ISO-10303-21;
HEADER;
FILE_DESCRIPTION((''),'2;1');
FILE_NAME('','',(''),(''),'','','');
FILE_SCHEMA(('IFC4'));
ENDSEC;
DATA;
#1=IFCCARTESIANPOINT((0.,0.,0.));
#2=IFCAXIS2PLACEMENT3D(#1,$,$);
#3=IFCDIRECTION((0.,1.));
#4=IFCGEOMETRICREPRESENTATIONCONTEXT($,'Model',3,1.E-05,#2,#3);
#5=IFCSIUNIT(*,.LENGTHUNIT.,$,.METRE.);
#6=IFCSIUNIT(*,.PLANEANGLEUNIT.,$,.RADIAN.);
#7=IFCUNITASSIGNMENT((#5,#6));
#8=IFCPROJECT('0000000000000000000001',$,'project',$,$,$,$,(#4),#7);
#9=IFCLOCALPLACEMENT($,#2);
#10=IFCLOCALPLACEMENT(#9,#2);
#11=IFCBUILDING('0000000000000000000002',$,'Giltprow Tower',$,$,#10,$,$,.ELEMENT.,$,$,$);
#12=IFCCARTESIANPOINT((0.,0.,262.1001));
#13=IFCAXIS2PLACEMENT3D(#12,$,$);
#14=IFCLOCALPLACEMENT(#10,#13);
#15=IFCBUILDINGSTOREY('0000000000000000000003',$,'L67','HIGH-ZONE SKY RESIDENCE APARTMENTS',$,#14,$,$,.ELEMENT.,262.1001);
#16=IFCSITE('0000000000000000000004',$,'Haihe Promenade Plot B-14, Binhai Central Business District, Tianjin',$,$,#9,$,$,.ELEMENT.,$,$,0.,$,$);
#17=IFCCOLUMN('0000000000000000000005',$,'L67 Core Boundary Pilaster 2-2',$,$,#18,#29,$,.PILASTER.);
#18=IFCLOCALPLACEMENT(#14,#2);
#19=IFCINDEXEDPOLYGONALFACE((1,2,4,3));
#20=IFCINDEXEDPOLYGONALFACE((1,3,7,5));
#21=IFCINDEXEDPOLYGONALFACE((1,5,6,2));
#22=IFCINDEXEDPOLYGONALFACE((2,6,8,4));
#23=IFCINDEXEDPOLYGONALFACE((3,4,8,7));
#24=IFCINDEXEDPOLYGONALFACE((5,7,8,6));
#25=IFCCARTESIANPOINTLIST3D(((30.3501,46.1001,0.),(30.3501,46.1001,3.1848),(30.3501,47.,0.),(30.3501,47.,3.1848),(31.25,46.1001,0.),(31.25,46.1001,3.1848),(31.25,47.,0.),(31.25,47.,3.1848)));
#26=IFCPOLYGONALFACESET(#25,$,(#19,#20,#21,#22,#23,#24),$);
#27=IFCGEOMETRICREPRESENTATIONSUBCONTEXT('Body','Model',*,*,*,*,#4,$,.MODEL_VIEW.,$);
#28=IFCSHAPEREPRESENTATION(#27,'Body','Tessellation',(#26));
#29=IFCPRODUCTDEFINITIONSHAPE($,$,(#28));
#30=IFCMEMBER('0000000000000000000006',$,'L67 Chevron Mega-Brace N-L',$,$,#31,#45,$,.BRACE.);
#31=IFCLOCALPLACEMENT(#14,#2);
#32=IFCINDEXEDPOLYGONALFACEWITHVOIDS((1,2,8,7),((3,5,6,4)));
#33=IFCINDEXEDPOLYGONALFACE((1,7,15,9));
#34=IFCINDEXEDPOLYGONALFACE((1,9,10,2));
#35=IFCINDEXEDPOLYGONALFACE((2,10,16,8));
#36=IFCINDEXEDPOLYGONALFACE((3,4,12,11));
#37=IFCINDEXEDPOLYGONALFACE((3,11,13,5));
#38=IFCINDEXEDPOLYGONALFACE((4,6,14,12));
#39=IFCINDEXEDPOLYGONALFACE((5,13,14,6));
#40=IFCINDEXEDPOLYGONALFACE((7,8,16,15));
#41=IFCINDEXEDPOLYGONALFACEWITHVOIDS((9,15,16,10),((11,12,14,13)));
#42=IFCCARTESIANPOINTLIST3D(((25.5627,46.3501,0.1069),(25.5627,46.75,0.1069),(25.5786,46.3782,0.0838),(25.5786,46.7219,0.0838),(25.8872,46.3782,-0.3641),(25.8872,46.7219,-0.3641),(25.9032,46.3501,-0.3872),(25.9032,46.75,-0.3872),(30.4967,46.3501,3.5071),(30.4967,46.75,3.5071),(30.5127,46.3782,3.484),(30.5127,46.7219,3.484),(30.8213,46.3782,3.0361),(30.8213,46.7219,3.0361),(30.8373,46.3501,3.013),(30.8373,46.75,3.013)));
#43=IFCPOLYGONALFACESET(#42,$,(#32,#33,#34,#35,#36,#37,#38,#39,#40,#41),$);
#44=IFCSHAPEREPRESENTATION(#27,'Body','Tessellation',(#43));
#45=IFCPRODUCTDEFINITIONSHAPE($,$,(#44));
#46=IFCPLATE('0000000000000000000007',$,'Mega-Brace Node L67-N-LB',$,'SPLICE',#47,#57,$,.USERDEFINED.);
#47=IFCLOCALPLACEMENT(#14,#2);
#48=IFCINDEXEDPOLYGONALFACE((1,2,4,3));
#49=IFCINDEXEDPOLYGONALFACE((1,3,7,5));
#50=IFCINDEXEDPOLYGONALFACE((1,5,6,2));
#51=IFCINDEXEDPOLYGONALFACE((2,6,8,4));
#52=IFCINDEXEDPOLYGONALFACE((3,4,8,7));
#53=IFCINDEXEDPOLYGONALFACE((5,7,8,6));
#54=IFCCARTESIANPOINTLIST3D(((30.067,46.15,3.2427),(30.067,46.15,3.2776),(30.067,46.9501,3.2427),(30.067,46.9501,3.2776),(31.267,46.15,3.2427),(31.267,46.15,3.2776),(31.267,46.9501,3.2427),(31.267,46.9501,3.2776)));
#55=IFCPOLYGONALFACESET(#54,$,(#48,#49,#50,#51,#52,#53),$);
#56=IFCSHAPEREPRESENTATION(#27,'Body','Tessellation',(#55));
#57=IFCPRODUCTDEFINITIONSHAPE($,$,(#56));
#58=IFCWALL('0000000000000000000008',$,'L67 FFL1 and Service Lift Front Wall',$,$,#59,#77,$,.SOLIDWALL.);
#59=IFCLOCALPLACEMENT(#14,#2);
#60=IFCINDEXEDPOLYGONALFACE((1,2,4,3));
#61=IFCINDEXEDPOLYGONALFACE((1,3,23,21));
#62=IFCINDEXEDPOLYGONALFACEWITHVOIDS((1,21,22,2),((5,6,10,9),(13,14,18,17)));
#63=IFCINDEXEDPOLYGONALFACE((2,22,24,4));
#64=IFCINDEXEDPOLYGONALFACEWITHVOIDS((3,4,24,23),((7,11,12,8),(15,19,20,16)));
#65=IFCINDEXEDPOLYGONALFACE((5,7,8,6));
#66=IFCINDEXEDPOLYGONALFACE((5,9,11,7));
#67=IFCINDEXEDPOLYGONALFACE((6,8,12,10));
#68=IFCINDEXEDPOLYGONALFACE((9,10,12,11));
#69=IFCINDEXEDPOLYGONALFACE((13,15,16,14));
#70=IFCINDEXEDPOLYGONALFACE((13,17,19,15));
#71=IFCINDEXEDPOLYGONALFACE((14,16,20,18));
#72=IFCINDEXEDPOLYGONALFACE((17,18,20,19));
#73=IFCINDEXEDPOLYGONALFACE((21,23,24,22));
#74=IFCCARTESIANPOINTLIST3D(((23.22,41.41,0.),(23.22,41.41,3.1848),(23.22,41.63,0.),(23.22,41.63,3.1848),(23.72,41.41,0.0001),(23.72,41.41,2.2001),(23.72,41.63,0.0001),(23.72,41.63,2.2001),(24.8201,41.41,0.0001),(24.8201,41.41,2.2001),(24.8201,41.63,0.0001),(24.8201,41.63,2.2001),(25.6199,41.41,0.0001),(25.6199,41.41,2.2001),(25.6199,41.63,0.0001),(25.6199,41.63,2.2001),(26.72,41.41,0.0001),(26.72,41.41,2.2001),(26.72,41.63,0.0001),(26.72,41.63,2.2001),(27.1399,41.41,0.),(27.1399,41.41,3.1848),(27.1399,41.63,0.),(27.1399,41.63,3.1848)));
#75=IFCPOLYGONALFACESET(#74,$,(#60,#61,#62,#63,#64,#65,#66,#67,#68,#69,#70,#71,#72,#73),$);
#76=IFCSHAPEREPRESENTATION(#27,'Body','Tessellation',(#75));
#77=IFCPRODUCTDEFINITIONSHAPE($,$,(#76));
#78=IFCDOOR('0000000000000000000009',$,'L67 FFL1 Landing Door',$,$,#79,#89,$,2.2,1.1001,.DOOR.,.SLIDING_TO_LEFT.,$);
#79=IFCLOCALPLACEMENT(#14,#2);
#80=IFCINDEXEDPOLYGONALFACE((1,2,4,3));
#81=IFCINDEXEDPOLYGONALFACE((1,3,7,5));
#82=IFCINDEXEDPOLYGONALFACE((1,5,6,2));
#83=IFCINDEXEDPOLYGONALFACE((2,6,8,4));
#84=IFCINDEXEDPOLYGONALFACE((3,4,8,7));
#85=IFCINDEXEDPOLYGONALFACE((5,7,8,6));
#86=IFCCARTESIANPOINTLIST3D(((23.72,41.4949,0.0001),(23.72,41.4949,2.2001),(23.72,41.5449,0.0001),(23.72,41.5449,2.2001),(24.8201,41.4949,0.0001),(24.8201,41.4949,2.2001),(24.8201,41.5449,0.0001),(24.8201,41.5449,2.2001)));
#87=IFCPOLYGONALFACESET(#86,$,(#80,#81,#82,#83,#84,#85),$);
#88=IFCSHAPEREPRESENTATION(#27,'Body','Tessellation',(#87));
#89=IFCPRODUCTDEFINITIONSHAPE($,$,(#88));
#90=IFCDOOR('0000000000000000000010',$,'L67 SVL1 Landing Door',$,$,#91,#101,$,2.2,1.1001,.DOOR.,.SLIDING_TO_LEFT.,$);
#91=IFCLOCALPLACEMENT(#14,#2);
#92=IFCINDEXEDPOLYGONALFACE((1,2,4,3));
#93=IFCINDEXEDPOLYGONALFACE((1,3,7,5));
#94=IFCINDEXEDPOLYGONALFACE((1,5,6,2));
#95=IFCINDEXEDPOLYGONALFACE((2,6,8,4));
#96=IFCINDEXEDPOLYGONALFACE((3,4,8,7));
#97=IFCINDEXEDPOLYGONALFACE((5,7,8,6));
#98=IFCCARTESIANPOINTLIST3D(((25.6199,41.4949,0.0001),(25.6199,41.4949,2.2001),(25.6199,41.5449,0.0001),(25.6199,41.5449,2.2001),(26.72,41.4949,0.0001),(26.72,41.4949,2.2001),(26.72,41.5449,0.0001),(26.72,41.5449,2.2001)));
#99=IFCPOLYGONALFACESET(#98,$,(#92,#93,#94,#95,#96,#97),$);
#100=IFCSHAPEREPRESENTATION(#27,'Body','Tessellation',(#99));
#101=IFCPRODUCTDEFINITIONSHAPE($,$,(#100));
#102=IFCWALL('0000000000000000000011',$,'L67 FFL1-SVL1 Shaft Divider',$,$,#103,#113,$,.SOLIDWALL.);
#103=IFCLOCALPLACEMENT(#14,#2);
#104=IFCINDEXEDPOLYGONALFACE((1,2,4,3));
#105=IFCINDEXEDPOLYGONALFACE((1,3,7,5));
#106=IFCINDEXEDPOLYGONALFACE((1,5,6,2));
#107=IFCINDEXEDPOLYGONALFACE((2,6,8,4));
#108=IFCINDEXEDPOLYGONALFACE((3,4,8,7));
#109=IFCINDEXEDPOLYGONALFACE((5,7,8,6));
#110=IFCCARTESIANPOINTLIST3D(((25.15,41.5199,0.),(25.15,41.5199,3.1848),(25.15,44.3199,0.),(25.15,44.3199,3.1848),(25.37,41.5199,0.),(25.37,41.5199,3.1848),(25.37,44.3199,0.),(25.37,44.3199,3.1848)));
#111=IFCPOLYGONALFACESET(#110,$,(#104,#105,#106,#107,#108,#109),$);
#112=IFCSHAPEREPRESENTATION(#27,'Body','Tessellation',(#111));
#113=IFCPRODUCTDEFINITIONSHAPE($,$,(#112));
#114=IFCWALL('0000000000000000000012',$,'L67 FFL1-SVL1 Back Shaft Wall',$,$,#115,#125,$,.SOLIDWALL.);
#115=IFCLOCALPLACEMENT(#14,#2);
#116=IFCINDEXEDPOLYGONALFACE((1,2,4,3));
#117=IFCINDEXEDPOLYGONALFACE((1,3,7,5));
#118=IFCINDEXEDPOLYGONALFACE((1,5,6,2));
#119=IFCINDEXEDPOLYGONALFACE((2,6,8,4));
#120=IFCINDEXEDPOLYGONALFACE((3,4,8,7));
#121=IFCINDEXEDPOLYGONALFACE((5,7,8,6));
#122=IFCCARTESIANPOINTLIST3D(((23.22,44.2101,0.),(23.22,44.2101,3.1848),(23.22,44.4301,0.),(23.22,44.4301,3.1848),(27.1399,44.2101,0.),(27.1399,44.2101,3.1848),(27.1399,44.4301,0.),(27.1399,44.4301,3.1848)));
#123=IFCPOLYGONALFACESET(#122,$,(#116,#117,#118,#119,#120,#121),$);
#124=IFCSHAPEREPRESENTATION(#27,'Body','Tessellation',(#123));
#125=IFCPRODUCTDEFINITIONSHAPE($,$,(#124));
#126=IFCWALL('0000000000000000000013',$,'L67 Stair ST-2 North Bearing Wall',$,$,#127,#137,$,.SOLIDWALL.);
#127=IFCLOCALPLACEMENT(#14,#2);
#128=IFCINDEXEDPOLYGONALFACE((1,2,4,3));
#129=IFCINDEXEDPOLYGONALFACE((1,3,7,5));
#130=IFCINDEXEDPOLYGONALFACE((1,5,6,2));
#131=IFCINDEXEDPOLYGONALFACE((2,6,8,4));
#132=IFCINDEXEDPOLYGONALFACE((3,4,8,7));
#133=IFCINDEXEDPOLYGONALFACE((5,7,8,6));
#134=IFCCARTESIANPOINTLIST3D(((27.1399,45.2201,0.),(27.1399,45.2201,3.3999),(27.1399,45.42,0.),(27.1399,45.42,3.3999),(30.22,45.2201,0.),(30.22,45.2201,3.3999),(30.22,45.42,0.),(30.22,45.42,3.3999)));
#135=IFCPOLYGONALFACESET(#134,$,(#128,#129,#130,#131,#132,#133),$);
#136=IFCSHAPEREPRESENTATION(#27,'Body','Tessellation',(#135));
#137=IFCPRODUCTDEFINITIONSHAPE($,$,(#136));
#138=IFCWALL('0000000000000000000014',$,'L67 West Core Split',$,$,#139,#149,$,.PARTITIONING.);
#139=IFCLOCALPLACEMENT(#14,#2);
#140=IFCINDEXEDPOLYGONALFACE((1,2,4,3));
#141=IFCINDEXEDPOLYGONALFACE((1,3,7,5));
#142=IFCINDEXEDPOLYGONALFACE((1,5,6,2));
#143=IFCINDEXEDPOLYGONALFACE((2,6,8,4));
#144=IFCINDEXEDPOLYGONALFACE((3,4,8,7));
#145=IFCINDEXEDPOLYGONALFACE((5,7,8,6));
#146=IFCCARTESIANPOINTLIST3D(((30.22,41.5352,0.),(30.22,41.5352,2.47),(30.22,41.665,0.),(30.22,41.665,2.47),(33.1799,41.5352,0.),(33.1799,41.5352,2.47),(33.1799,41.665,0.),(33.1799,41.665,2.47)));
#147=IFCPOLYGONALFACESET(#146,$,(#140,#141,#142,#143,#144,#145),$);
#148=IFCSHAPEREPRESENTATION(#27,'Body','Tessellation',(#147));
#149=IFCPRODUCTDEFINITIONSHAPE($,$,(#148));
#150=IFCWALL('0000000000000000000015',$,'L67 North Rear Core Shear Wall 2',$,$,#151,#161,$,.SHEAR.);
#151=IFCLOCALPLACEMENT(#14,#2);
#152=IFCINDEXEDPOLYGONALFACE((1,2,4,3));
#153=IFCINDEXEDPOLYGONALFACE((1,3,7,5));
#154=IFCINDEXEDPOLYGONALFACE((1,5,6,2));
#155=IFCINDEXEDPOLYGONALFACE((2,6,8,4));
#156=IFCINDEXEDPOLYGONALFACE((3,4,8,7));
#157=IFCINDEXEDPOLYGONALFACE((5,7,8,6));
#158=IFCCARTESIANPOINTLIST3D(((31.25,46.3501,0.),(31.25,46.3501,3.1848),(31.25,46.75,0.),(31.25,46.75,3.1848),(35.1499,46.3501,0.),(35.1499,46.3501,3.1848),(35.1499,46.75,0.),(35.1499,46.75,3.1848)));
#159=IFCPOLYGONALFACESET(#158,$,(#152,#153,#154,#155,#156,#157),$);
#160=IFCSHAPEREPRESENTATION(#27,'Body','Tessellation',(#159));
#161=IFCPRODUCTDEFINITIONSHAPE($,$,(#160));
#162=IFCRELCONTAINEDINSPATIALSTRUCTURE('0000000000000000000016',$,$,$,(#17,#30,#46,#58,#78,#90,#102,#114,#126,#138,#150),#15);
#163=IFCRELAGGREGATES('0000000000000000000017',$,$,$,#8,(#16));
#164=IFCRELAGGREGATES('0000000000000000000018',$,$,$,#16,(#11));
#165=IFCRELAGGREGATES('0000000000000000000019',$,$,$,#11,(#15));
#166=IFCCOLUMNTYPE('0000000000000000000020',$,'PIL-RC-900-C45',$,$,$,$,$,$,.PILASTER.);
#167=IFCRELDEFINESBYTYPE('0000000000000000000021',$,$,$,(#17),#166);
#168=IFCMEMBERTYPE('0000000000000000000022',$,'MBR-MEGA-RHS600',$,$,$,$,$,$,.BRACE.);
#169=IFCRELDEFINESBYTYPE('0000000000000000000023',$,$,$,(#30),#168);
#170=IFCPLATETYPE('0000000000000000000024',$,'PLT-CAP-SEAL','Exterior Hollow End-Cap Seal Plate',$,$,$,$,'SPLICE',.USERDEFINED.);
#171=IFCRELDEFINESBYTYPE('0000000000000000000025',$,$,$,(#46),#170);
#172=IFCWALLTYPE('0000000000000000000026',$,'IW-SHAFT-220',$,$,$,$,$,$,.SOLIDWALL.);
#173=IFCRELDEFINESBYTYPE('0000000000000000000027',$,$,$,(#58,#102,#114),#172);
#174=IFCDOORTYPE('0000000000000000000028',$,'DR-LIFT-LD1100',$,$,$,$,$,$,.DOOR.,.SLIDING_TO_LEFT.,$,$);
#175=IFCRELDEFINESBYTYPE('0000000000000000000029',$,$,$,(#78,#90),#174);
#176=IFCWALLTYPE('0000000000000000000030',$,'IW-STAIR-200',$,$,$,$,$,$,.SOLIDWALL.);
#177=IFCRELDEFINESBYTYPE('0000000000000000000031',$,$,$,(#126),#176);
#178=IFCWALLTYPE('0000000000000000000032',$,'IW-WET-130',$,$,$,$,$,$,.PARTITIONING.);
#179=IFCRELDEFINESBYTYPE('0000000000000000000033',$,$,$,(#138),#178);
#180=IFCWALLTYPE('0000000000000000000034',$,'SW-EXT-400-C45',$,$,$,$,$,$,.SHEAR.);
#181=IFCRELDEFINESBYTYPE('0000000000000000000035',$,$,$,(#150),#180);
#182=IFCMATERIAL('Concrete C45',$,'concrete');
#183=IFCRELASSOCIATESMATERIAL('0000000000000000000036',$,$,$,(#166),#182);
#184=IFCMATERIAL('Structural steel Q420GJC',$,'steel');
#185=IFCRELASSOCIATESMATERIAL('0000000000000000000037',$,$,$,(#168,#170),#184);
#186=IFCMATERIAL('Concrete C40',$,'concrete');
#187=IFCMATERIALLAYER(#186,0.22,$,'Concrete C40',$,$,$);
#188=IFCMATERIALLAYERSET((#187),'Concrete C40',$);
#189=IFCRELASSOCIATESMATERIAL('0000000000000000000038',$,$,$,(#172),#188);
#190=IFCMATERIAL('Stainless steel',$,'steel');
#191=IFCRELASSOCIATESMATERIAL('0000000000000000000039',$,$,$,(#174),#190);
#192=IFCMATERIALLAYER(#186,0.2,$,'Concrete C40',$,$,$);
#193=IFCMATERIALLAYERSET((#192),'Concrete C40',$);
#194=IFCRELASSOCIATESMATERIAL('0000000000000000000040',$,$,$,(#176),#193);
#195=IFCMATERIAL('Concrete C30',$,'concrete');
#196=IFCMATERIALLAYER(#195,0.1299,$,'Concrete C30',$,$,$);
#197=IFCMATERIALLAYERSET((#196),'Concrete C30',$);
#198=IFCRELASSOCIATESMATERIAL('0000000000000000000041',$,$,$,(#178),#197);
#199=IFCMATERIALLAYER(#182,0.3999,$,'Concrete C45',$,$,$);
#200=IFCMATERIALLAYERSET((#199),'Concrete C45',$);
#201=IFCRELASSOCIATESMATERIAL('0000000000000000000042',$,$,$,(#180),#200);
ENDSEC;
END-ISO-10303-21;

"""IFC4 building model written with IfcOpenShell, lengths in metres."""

from ifc_helpers import new_model, si_unit, direction, frame, frame_2d, origin, origin_2d, place, context, subcontext, project, spatial, rectangle, hollow_rectangle, extrude, source, transform, mapped, material, layer, layer_set, material_profile, profile_set, type_object, element, fill, save


model = new_model("IFC4")

# Units and contexts
model_context = context("Model", 3, precision=1e-05, world=origin(), true_north=direction((0.0, 1.0)))
body_context = subcontext(model_context, "Body", "Model", "MODEL_VIEW")
ifc_project = project(units=[si_unit("LENGTHUNIT", "METRE"), si_unit("PLANEANGLEUNIT", "RADIAN")], contexts=[model_context])

# Site, building, storey
site_placement = place(None, origin())
site = spatial("IfcSite", under=ifc_project, at=site_placement, Name="Haihe Promenade Plot B-14, Binhai Central Business District, Tianjin", CompositionType="ELEMENT", RefElevation=0.0)
building_placement = place(site_placement, origin())
building = spatial("IfcBuilding", under=site, at=building_placement, Name="Giltprow Tower", CompositionType="ELEMENT")
storey_placement = place(building_placement, frame((0.0, 0.0, 262.1001)))
storey = spatial("IfcBuildingStorey", under=building, at=storey_placement, Name="L67", Description="HIGH-ZONE SKY RESIDENCE APARTMENTS", CompositionType="ELEMENT", Elevation=262.1001)

# Column
ifc_material_1 = material(Name="Concrete C45", Category="concrete")
ifc_material_profile_1 = material_profile(ifc_material_1, rectangle(XDim=0.8999, YDim=0.8999, at=origin_2d()), Name="RC 900x900")
ifc_profile_set_1 = profile_set([ifc_material_profile_1], Name="Concrete C45")
column_type = type_object("IfcColumnType", Name="PIL-RC-900-C45", PredefinedType="PILASTER", material=ifc_profile_set_1)
shared_shape_1 = source(origin(), body_context, "Body", "SweptSolid", [
    extrude(rectangle(XDim=0.8999, YDim=0.8999, at=origin_2d()), origin(), (0.0, 0.0, 1.0), 3.1848),
])
column_placement = place(storey_placement, frame((30.8, 46.55, 0.0), z_axis=(0.0, 0.0, 1.0), x_axis=(1.0, 0.0, 0.0)))
element("IfcColumn", 1, at=column_placement, inside=storey, type_object=column_type, Name="L67 Core Boundary Pilaster 2-2", PredefinedType="PILASTER", context=body_context, shape_type="MappedRepresentation", body=[
    mapped(shared_shape_1, transform((0.0, 0.0, 0.0), x_axis=(1.0, 0.0, 0.0), y_axis=(0.0, 1.0, 0.0), z_axis=(0.0, 0.0, 1.0), scale=1.0)),
])

# Member
ifc_material_2 = material(Name="Structural steel Q420GJC", Category="steel")
ifc_material_profile_2 = material_profile(ifc_material_2, hollow_rectangle(XDim=0.3999, YDim=0.6001, WallThickness=0.0281, at=origin_2d()), Name="RHS 600x400x28")
ifc_profile_set_2 = profile_set([ifc_material_profile_2], Name="Structural steel Q420GJC")
member_type = type_object("IfcMemberType", Name="MBR-MEGA-RHS600", PredefinedType="BRACE", material=ifc_profile_set_2)
shared_shape_2 = source(origin(), body_context, "Body", "SweptSolid", [
    extrude(hollow_rectangle(XDim=0.3999, YDim=0.6001, WallThickness=0.0281, at=origin_2d()), origin(), (0.0, 0.0, 1.0), 5.9922),
])
member_placement = place(storey_placement, frame((25.7329, 46.55, -0.1401), z_axis=(0.823421, 0.0, 0.567431), x_axis=(0.0, 1.0, 0.0)))
element("IfcMember", 2, at=member_placement, inside=storey, type_object=member_type, Name="L67 Chevron Mega-Brace N-L", PredefinedType="BRACE", context=body_context, shape_type="MappedRepresentation", body=[
    mapped(shared_shape_2, transform((0.0, 0.0, 0.0), x_axis=(1.0, 0.0, 0.0), y_axis=(0.0, 1.0, 0.0), z_axis=(0.0, 0.0, 1.0), scale=1.0)),
])

# Plate
plate_type = type_object("IfcPlateType", Name="PLT-CAP-SEAL", Description="Exterior Hollow End-Cap Seal Plate", ElementType="SPLICE", PredefinedType="USERDEFINED", material=ifc_material_2)
shared_shape_3 = source(origin(), body_context, "Body", "SweptSolid", [
    extrude(rectangle(XDim=1.2, YDim=0.8, at=origin_2d()), origin(), (0.0, 0.0, 1.0), 0.0349),
])
plate_placement = place(storey_placement, frame((30.667, 46.55, 3.2427), z_axis=(0.0, 0.0, 1.0), x_axis=(1.0, 0.0, 0.0)))
element("IfcPlate", 3, at=plate_placement, inside=storey, type_object=plate_type, Name="Mega-Brace Node L67-N-LB", ObjectType="SPLICE", PredefinedType="USERDEFINED", context=body_context, shape_type="MappedRepresentation", body=[
    mapped(shared_shape_3, transform((0.0, 0.0, 0.0), x_axis=(1.0, 0.0, 0.0), y_axis=(0.0, 1.0, 0.0), z_axis=(0.0, 0.0, 1.0), scale=1.0)),
])

# Wall, openings, doors
ifc_material_3 = material(Name="Concrete C40", Category="concrete")
ifc_layer_1 = layer(ifc_material_3, 0.22, Name="Concrete C40")
ifc_layer_set_1 = layer_set([ifc_layer_1], Name="Concrete C40")
wall_type_1 = type_object("IfcWallType", Name="IW-SHAFT-220", PredefinedType="SOLIDWALL", material=ifc_layer_set_1)
wall_1_placement = place(storey_placement, frame((23.22, 41.52, 0.0), z_axis=(0.0, 0.0, 1.0), x_axis=(1.0, 0.0, 0.0)))
wall_1 = element("IfcWall", 4, at=wall_1_placement, inside=storey, type_object=wall_type_1, Name="L67 FFL1 and Service Lift Front Wall", PredefinedType="SOLIDWALL", context=body_context, shape_type="SweptSolid", body=[
    extrude(rectangle(XDim=3.9199, YDim=0.22, at=frame_2d((1.96, 0.0))), origin(), (0.0, 0.0, 1.0), 3.1848),
])
opening_1_placement = place(wall_1_placement, frame((0.5, 0.0, 0.0)))
opening_1 = element("IfcOpeningElement", 5, at=opening_1_placement, cuts=wall_1, PredefinedType="OPENING", context=body_context, shape_type="SweptSolid", body=[
    extrude(rectangle(XDim=1.1001, YDim=2.2, at=frame_2d((0.55, 1.1001))), frame((0.0, 0.1199, 0.0), z_axis=(0.0, -1.0, 0.0), x_axis=(1.0, 0.0, 0.0)), (0.0, 0.0, 1.0), 0.24),
])
opening_2_placement = place(wall_1_placement, frame((2.3999, 0.0, 0.0)))
opening_2 = element("IfcOpeningElement", 6, at=opening_2_placement, cuts=wall_1, PredefinedType="OPENING", context=body_context, shape_type="SweptSolid", body=[
    extrude(rectangle(XDim=1.1001, YDim=2.2, at=frame_2d((0.55, 1.1001))), frame((0.0, 0.1199, 0.0), z_axis=(0.0, -1.0, 0.0), x_axis=(1.0, 0.0, 0.0)), (0.0, 0.0, 1.0), 0.24),
])
ifc_material_4 = material(Name="Stainless steel", Category="steel")
door_type = type_object("IfcDoorType", Name="DR-LIFT-LD1100", OperationType="SLIDING_TO_LEFT", PredefinedType="DOOR", material=ifc_material_4)
shared_shape_4 = source(origin(), body_context, "Body", "SweptSolid", [
    extrude(rectangle(XDim=1.1001, YDim=2.2, at=frame_2d((0.55, 1.1001))), frame((0.0, 0.0249, 0.0), z_axis=(0.0, -1.0, 0.0), x_axis=(1.0, 0.0, 0.0)), (0.0, 0.0, 1.0), 0.05),
])
door_1_placement = place(opening_1_placement, origin())
door_1 = element("IfcDoor", 7, at=door_1_placement, inside=storey, type_object=door_type, Name="L67 FFL1 Landing Door", OperationType="SLIDING_TO_LEFT", OverallHeight=2.2, OverallWidth=1.1001, PredefinedType="DOOR", context=body_context, shape_type="MappedRepresentation", body=[
    mapped(shared_shape_4, transform((0.0, 0.0, 0.0), x_axis=(1.0, 0.0, 0.0), y_axis=(0.0, 1.0, 0.0), z_axis=(0.0, 0.0, 1.0), scale=1.0)),
])
fill(opening_1, door_1)
door_2_placement = place(opening_2_placement, origin())
door_2 = element("IfcDoor", 8, at=door_2_placement, inside=storey, type_object=door_type, Name="L67 SVL1 Landing Door", OperationType="SLIDING_TO_LEFT", OverallHeight=2.2, OverallWidth=1.1001, PredefinedType="DOOR", context=body_context, shape_type="MappedRepresentation", body=[
    mapped(shared_shape_4, transform((0.0, 0.0, 0.0), x_axis=(1.0, 0.0, 0.0), y_axis=(0.0, 1.0, 0.0), z_axis=(0.0, 0.0, 1.0), scale=1.0)),
])
fill(opening_2, door_2)

# Walls
wall_2_placement = place(storey_placement, frame((25.26, 41.52, 0.0), z_axis=(0.0, 0.0, 1.0), x_axis=(0.0, 1.0, 0.0)))
element("IfcWall", 9, at=wall_2_placement, inside=storey, type_object=wall_type_1, Name="L67 FFL1-SVL1 Shaft Divider", PredefinedType="SOLIDWALL", context=body_context, shape_type="SweptSolid", body=[
    extrude(rectangle(XDim=2.8, YDim=0.22, at=frame_2d((1.3999, 0.0))), origin(), (0.0, 0.0, 1.0), 3.1848),
])
wall_3_placement = place(storey_placement, frame((23.22, 44.3201, 0.0), z_axis=(0.0, 0.0, 1.0), x_axis=(1.0, 0.0, 0.0)))
element("IfcWall", 10, at=wall_3_placement, inside=storey, type_object=wall_type_1, Name="L67 FFL1-SVL1 Back Shaft Wall", PredefinedType="SOLIDWALL", context=body_context, shape_type="SweptSolid", body=[
    extrude(rectangle(XDim=3.9199, YDim=0.22, at=frame_2d((1.96, 0.0))), origin(), (0.0, 0.0, 1.0), 3.1848),
])
ifc_layer_2 = layer(ifc_material_3, 0.2, Name="Concrete C40")
ifc_layer_set_2 = layer_set([ifc_layer_2], Name="Concrete C40")
wall_type_2 = type_object("IfcWallType", Name="IW-STAIR-200", PredefinedType="SOLIDWALL", material=ifc_layer_set_2)
wall_4_placement = place(storey_placement, frame((27.1399, 45.3201, 0.0), z_axis=(0.0, 0.0, 1.0), x_axis=(1.0, 0.0, 0.0)))
element("IfcWall", 11, at=wall_4_placement, inside=storey, type_object=wall_type_2, Name="L67 Stair ST-2 North Bearing Wall", PredefinedType="SOLIDWALL", context=body_context, shape_type="SweptSolid", body=[
    extrude(rectangle(XDim=3.0801, YDim=0.2, at=frame_2d((1.54, 0.0))), origin(), (0.0, 0.0, 1.0), 3.3999),
])
ifc_material_5 = material(Name="Concrete C30", Category="concrete")
ifc_layer_3 = layer(ifc_material_5, 0.1299, Name="Concrete C30")
ifc_layer_set_3 = layer_set([ifc_layer_3], Name="Concrete C30")
wall_type_3 = type_object("IfcWallType", Name="IW-WET-130", PredefinedType="PARTITIONING", material=ifc_layer_set_3)
wall_5_placement = place(storey_placement, frame((30.22, 41.6001, 0.0), z_axis=(0.0, 0.0, 1.0), x_axis=(1.0, 0.0, 0.0)))
element("IfcWall", 12, at=wall_5_placement, inside=storey, type_object=wall_type_3, Name="L67 West Core Split", PredefinedType="PARTITIONING", context=body_context, shape_type="SweptSolid", body=[
    extrude(rectangle(XDim=2.96, YDim=0.1299, at=frame_2d((1.48, 0.0))), origin(), (0.0, 0.0, 1.0), 2.47),
])
ifc_layer_4 = layer(ifc_material_1, 0.3999, Name="Concrete C45")
ifc_layer_set_4 = layer_set([ifc_layer_4], Name="Concrete C45")
wall_type_4 = type_object("IfcWallType", Name="SW-EXT-400-C45", PredefinedType="SHEAR", material=ifc_layer_set_4)
wall_6_placement = place(storey_placement, frame((31.25, 46.55, 0.0), z_axis=(0.0, 0.0, 1.0), x_axis=(1.0, 0.0, 0.0)))
element("IfcWall", 13, at=wall_6_placement, inside=storey, type_object=wall_type_4, Name="L67 North Rear Core Shear Wall 2", PredefinedType="SHEAR", context=body_context, shape_type="SweptSolid", body=[
    extrude(rectangle(XDim=3.8999, YDim=0.3999, at=frame_2d((1.95, 0.0))), origin(), (0.0, 0.0, 1.0), 3.1848),
])

save(model, "model.ifc")
